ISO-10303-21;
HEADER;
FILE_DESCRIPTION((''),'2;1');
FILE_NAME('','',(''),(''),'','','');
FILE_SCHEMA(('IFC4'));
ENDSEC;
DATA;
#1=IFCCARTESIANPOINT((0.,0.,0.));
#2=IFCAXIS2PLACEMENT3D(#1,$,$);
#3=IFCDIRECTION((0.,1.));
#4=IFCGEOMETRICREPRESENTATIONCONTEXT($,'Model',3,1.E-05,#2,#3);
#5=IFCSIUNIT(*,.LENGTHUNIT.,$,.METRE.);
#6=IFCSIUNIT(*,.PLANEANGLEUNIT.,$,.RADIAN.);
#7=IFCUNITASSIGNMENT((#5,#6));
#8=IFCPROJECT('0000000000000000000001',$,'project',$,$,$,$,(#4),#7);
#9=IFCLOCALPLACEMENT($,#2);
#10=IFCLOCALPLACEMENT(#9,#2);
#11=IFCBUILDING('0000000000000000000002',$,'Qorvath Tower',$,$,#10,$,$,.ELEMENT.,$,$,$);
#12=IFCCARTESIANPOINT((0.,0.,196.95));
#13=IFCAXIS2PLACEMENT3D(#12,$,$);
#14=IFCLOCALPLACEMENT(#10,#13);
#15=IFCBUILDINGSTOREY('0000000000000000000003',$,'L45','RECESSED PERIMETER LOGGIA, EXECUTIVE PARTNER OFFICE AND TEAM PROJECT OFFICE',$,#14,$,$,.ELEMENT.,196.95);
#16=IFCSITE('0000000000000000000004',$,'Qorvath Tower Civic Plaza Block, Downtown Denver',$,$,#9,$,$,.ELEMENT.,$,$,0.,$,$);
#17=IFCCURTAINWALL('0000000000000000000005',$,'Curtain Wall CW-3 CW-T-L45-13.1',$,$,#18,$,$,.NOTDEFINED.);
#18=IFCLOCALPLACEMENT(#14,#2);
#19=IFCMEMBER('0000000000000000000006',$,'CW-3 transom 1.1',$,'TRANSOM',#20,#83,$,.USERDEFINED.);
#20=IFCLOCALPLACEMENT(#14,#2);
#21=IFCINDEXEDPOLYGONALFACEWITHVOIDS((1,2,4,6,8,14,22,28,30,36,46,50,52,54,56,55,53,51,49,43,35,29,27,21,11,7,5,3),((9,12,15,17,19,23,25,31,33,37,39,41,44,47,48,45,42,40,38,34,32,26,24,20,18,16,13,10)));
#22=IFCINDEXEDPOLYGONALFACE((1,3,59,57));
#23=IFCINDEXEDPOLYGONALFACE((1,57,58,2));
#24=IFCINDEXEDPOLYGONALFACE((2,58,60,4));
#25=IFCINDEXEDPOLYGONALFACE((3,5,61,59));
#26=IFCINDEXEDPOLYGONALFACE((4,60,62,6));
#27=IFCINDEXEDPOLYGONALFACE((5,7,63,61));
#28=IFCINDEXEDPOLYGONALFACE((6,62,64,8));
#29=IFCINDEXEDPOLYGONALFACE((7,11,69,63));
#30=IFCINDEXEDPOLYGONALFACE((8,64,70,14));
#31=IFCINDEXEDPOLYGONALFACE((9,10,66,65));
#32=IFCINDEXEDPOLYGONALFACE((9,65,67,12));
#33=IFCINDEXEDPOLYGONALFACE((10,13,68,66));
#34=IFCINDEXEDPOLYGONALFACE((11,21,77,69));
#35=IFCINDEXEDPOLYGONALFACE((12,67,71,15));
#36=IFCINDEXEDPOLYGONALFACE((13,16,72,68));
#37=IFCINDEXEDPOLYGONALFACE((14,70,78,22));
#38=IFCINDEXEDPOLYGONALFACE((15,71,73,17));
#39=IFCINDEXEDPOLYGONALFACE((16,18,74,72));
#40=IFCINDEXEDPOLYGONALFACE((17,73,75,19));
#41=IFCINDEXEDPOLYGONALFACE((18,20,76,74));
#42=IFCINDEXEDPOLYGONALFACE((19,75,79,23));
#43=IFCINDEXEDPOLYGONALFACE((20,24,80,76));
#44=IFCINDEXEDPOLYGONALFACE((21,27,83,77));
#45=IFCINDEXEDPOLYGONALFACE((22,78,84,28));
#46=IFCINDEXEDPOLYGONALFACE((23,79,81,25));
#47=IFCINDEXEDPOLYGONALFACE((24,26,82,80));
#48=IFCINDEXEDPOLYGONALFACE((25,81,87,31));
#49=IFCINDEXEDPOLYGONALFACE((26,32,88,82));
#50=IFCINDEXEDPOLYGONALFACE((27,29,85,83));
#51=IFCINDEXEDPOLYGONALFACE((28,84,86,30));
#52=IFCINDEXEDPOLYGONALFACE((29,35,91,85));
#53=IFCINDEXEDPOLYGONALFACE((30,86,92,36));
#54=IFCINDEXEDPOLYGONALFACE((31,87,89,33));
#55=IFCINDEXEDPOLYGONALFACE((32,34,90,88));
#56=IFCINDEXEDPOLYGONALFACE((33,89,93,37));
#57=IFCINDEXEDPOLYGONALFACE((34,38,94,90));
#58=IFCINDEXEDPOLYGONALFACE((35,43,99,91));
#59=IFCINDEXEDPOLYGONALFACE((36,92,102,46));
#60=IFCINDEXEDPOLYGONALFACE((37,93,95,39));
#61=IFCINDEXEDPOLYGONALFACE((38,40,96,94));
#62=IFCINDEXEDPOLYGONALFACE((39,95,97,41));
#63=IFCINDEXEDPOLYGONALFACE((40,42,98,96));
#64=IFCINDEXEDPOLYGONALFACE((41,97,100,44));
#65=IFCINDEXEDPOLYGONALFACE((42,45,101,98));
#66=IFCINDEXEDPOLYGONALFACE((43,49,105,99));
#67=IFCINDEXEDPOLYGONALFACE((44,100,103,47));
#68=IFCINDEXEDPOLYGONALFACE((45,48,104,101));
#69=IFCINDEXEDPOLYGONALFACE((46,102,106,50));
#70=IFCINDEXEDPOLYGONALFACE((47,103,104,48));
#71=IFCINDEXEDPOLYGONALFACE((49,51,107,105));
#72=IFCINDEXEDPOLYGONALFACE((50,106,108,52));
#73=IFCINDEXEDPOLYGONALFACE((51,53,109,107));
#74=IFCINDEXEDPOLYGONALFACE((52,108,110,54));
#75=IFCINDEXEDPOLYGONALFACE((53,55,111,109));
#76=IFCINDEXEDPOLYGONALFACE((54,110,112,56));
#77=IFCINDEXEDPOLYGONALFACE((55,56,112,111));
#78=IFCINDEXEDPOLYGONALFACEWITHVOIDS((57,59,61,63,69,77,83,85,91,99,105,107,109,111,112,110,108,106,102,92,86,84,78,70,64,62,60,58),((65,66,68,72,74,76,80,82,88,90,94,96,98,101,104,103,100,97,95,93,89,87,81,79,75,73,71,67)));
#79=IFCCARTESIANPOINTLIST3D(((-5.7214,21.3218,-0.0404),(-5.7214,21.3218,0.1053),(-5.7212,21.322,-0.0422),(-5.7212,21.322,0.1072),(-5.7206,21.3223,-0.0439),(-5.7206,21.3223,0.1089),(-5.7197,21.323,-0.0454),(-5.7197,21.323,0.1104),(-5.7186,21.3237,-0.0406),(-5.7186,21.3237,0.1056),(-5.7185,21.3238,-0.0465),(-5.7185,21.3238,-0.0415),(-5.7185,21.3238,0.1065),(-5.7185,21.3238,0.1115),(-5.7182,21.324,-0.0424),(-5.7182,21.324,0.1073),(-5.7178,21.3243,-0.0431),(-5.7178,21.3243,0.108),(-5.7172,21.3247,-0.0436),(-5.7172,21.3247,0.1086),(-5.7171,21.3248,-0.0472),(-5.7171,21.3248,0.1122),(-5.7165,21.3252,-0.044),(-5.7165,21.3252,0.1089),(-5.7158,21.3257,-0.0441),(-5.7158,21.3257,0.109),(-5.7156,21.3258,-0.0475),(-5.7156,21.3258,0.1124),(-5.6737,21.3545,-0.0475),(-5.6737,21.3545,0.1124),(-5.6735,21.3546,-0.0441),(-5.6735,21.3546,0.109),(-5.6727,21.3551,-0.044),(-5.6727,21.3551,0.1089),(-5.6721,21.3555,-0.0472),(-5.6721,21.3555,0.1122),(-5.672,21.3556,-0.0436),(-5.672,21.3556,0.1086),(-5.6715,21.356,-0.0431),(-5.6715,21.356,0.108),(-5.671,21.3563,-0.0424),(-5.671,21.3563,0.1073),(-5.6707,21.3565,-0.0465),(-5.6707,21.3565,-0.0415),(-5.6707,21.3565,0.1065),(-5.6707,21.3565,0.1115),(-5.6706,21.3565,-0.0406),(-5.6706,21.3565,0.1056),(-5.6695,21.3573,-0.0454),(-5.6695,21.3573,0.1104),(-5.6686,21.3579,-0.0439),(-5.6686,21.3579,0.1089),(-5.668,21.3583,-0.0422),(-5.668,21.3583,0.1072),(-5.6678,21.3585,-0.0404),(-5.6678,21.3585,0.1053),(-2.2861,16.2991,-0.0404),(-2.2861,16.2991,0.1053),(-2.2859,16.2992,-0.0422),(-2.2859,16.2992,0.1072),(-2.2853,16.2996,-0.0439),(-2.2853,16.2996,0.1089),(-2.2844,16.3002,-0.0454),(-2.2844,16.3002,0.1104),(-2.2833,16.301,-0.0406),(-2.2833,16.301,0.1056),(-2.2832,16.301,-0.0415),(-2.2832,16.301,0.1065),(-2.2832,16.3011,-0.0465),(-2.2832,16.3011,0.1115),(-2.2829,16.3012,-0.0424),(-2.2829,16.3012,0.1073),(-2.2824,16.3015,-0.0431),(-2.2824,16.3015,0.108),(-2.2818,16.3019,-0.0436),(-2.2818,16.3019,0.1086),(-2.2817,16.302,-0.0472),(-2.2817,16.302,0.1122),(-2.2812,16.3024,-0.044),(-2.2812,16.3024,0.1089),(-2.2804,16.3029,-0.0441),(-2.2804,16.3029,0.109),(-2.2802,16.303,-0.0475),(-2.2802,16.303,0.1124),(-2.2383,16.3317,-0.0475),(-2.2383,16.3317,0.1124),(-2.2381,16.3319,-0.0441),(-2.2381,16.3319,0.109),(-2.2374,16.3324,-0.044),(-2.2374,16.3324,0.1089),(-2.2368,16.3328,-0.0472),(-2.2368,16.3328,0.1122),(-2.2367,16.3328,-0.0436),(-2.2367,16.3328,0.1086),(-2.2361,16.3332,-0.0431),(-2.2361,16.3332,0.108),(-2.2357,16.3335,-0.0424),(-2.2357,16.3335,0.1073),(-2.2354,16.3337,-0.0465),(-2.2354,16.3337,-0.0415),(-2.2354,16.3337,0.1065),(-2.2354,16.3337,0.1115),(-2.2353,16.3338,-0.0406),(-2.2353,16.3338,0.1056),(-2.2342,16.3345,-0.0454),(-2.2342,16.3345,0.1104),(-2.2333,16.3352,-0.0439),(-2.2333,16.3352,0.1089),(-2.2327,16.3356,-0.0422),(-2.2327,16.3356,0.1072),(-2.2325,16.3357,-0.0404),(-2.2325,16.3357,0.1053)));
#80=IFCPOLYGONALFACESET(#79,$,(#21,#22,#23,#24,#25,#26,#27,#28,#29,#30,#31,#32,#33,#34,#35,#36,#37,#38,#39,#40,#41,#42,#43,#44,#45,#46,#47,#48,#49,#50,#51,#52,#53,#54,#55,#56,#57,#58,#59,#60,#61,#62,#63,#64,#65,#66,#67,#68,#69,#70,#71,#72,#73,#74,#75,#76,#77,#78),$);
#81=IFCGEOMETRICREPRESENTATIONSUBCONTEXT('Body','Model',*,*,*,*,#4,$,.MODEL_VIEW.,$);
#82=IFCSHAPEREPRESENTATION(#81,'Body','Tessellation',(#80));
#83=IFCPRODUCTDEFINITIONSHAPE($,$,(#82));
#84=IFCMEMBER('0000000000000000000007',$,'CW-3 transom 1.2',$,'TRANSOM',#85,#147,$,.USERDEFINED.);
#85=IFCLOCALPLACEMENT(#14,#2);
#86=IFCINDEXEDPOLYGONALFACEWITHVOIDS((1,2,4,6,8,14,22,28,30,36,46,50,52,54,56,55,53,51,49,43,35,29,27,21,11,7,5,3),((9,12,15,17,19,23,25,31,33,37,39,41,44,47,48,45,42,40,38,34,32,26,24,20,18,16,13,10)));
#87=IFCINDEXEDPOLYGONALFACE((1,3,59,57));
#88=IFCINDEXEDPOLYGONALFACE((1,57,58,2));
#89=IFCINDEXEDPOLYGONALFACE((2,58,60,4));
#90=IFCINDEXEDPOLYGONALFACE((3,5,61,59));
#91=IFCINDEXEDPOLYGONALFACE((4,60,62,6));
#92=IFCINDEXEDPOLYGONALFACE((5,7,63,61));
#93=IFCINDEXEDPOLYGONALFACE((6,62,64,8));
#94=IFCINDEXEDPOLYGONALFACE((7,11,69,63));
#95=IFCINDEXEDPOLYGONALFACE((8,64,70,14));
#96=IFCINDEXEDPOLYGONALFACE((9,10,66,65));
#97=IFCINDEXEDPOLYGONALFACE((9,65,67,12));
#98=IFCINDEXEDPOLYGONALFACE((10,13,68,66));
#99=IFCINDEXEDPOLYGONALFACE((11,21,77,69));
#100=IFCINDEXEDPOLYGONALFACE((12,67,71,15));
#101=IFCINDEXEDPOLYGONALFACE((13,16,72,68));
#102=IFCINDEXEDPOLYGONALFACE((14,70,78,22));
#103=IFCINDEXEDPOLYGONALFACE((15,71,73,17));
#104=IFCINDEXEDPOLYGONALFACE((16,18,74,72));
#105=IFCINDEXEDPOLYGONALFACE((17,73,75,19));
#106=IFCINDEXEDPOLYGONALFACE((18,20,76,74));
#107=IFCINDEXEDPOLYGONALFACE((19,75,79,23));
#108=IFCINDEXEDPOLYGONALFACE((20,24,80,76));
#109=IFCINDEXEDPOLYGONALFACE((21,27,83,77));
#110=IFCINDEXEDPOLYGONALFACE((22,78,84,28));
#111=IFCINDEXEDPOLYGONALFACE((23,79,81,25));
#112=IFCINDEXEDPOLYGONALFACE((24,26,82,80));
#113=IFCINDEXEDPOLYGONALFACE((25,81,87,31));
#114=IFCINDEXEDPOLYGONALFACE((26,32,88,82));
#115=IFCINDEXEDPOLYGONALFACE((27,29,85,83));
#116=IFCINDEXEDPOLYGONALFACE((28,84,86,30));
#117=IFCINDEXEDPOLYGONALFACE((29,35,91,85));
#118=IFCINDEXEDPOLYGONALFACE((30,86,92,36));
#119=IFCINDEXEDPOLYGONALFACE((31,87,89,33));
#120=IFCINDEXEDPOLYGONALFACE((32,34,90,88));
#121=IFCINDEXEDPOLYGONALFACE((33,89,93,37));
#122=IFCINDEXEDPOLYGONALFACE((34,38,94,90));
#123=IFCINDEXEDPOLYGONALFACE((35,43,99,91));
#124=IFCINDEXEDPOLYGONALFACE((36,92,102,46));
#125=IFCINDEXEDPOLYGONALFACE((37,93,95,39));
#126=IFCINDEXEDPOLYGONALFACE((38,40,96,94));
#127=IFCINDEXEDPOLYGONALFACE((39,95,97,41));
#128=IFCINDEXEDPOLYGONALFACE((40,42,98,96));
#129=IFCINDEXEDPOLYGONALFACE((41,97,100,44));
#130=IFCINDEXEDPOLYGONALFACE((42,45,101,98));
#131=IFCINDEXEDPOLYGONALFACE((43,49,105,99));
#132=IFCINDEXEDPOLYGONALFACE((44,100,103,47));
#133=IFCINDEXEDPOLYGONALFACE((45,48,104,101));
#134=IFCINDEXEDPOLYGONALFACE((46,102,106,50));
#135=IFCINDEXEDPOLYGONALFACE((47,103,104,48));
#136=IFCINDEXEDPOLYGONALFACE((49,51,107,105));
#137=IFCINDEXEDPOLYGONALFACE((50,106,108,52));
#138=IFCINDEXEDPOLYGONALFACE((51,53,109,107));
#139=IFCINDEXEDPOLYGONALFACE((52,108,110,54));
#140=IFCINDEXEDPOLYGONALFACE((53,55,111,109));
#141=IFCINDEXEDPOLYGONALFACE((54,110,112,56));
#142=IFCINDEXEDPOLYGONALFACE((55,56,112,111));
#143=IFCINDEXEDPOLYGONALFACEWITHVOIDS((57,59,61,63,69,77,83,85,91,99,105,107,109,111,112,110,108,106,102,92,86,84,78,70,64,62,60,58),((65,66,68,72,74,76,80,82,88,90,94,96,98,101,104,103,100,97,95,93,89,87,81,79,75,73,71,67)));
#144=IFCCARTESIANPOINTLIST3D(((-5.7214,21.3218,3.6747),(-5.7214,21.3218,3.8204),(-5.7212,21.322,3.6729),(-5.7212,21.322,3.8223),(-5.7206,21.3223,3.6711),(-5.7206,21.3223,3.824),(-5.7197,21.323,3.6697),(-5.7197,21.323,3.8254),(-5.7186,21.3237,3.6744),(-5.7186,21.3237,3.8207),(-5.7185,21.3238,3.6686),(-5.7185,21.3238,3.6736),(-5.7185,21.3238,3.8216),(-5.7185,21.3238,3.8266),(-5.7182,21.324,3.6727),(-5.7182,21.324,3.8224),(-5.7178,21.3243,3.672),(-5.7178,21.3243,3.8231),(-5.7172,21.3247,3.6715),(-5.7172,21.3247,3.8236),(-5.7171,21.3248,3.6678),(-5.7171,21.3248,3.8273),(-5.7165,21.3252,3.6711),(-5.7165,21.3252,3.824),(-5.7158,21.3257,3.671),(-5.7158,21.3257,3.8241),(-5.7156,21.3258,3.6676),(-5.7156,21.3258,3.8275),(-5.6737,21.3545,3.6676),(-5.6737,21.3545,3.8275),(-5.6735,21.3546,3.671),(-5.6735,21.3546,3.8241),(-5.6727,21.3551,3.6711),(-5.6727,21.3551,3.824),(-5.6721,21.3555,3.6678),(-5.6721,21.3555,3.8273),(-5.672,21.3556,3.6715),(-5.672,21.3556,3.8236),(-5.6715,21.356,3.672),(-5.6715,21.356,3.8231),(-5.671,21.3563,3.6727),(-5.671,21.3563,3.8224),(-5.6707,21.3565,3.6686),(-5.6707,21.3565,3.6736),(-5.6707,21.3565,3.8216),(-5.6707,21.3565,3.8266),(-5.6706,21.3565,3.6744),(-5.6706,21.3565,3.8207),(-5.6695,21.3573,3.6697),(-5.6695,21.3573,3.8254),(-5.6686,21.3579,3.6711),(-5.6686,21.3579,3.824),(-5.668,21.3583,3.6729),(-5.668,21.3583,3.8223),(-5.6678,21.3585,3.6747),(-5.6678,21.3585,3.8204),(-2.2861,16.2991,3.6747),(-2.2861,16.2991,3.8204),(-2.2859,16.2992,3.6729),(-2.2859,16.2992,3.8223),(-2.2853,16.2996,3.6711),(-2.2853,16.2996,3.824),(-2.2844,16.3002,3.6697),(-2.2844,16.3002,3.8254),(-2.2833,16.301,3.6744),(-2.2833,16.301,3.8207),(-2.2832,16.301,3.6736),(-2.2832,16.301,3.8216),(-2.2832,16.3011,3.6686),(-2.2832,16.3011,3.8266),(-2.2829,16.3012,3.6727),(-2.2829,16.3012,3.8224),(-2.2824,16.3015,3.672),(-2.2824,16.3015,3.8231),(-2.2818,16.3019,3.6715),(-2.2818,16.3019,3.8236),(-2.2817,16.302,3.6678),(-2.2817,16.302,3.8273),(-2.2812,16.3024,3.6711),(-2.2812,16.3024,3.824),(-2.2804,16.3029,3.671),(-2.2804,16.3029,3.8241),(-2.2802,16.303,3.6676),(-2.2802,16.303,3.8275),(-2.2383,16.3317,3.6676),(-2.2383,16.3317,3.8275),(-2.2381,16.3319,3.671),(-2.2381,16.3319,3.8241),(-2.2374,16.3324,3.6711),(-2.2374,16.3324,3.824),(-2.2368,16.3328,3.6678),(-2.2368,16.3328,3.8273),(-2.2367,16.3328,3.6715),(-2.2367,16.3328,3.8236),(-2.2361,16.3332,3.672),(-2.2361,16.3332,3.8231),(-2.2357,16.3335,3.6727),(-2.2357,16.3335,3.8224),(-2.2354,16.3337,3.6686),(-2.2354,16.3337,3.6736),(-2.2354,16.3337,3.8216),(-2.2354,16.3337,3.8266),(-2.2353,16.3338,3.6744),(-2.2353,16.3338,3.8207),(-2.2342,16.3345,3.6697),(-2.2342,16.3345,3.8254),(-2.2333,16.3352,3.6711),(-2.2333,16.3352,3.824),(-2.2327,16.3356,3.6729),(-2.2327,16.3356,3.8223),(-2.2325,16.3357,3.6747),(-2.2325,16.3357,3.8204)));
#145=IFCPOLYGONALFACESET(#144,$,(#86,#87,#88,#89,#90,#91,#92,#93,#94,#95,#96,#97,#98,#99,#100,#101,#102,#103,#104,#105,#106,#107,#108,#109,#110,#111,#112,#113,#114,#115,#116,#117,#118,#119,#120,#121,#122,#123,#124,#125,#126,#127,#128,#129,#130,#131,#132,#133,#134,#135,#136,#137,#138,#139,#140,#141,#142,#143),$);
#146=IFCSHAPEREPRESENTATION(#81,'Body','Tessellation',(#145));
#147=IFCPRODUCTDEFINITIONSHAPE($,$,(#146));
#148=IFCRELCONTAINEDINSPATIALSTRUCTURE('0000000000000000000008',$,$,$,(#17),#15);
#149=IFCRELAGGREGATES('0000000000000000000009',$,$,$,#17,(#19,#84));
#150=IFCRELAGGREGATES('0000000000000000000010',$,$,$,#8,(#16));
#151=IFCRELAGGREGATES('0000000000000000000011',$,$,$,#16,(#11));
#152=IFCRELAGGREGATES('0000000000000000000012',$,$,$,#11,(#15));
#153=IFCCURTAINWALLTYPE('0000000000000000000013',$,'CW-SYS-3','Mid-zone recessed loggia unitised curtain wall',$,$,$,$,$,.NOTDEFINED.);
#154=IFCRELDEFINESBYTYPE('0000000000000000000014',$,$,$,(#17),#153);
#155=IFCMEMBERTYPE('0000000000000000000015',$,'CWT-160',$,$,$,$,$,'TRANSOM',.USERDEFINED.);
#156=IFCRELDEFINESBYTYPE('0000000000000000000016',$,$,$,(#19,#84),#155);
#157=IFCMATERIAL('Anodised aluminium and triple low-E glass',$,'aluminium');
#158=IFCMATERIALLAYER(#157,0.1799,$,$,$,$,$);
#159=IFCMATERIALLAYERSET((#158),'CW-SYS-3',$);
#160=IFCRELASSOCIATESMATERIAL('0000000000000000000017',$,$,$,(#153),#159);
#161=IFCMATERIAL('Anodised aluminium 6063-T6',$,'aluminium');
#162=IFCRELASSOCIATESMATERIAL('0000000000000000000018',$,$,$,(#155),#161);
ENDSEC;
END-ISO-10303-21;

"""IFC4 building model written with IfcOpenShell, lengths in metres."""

from ifc_helpers import new_model, si_unit, direction, frame, origin, origin_2d, place, context, subcontext, project, spatial, hollow_rectangle, extrude, material, layer, layer_set, material_profile, profile_set, type_object, element, aggregate, save


model = new_model("IFC4")

# Units and contexts
model_context = context("Model", 3, precision=1e-05, world=origin(), true_north=direction((0.0, 1.0)))
body_context = subcontext(model_context, "Body", "Model", "MODEL_VIEW")
ifc_project = project(units=[si_unit("LENGTHUNIT", "METRE"), si_unit("PLANEANGLEUNIT", "RADIAN")], contexts=[model_context])

# Site, building, storey
site_placement = place(None, origin())
site = spatial("IfcSite", under=ifc_project, at=site_placement, Name="Qorvath Tower Civic Plaza Block, Downtown Denver", CompositionType="ELEMENT", RefElevation=0.0)
building_placement = place(site_placement, origin())
building = spatial("IfcBuilding", under=site, at=building_placement, Name="Qorvath Tower", CompositionType="ELEMENT")
storey_placement = place(building_placement, frame((0.0, 0.0, 196.95)))
storey = spatial("IfcBuildingStorey", under=building, at=storey_placement, Name="L45", Description="RECESSED PERIMETER LOGGIA, EXECUTIVE PARTNER OFFICE AND TEAM PROJECT OFFICE", CompositionType="ELEMENT", Elevation=196.95)

# Shared definitions
ifc_material_1 = material(Name="Anodised aluminium and triple low-E glass", Category="aluminium")
ifc_layer_1 = layer(ifc_material_1, 0.1799)
ifc_layer_set_1 = layer_set([ifc_layer_1], Name="CW-SYS-3")
curtain_wall_type = type_object("IfcCurtainWallType", Name="CW-SYS-3", Description="Mid-zone recessed loggia unitised curtain wall", PredefinedType="NOTDEFINED", material=ifc_layer_set_1)

# Curtain wall
curtain_wall_1_placement = place(storey_placement, origin())
curtain_wall_1 = element("IfcCurtainWall", 1, at=curtain_wall_1_placement, inside=storey, type_object=curtain_wall_type, Name="Curtain Wall CW-3 CW-T-L45-13.1", PredefinedType="NOTDEFINED")

# Members
ifc_material_2 = material(Name="Anodised aluminium 6063-T6", Category="aluminium")
ifc_material_profile_1 = material_profile(ifc_material_2, hollow_rectangle(XDim=0.0649, YDim=0.1599, WallThickness=0.0034, InnerFilletRadius=0.0034, OuterFilletRadius=0.0071, at=origin_2d()), Name="CWT 160x65")
ifc_profile_set_1 = profile_set([ifc_material_profile_1], Name="Anodised aluminium 6063-T6")
member_type_1 = type_object("IfcMemberType", Name="CWT-160", ElementType="TRANSOM", PredefinedType="USERDEFINED", material=ifc_profile_set_1)
member_1_placement = place(storey_placement, frame((-2.2593, 16.3174, 0.0325), z_axis=(-0.56454, 0.825406, 0.0), x_axis=(-0.825406, -0.56454, 0.0)))
member_1 = element("IfcMember", 2, at=member_1_placement, type_object=member_type_1, Name="CW-3 transom 1.1", ObjectType="TRANSOM", PredefinedType="USERDEFINED", context=body_context, shape_type="SweptSolid", body=[
    extrude(hollow_rectangle(XDim=0.0649, YDim=0.1599, WallThickness=0.0034, InnerFilletRadius=0.0034, OuterFilletRadius=0.0071, at=origin_2d()), origin(), (0.0, 0.0, 1.0), 6.0852),
])
member_2_placement = place(storey_placement, frame((-2.2593, 16.3174, 3.7476), z_axis=(-0.56454, 0.825406, 0.0), x_axis=(-0.825406, -0.56454, 0.0)))
member_2 = element("IfcMember", 3, at=member_2_placement, type_object=member_type_1, Name="CW-3 transom 1.2", ObjectType="TRANSOM", PredefinedType="USERDEFINED", context=body_context, shape_type="SweptSolid", body=[
    extrude(hollow_rectangle(XDim=0.0649, YDim=0.1599, WallThickness=0.0034, InnerFilletRadius=0.0034, OuterFilletRadius=0.0071, at=origin_2d()), origin(), (0.0, 0.0, 1.0), 6.0852),
])

aggregate(curtain_wall_1, [member_1, member_2])

save(model, "model.ifc")
